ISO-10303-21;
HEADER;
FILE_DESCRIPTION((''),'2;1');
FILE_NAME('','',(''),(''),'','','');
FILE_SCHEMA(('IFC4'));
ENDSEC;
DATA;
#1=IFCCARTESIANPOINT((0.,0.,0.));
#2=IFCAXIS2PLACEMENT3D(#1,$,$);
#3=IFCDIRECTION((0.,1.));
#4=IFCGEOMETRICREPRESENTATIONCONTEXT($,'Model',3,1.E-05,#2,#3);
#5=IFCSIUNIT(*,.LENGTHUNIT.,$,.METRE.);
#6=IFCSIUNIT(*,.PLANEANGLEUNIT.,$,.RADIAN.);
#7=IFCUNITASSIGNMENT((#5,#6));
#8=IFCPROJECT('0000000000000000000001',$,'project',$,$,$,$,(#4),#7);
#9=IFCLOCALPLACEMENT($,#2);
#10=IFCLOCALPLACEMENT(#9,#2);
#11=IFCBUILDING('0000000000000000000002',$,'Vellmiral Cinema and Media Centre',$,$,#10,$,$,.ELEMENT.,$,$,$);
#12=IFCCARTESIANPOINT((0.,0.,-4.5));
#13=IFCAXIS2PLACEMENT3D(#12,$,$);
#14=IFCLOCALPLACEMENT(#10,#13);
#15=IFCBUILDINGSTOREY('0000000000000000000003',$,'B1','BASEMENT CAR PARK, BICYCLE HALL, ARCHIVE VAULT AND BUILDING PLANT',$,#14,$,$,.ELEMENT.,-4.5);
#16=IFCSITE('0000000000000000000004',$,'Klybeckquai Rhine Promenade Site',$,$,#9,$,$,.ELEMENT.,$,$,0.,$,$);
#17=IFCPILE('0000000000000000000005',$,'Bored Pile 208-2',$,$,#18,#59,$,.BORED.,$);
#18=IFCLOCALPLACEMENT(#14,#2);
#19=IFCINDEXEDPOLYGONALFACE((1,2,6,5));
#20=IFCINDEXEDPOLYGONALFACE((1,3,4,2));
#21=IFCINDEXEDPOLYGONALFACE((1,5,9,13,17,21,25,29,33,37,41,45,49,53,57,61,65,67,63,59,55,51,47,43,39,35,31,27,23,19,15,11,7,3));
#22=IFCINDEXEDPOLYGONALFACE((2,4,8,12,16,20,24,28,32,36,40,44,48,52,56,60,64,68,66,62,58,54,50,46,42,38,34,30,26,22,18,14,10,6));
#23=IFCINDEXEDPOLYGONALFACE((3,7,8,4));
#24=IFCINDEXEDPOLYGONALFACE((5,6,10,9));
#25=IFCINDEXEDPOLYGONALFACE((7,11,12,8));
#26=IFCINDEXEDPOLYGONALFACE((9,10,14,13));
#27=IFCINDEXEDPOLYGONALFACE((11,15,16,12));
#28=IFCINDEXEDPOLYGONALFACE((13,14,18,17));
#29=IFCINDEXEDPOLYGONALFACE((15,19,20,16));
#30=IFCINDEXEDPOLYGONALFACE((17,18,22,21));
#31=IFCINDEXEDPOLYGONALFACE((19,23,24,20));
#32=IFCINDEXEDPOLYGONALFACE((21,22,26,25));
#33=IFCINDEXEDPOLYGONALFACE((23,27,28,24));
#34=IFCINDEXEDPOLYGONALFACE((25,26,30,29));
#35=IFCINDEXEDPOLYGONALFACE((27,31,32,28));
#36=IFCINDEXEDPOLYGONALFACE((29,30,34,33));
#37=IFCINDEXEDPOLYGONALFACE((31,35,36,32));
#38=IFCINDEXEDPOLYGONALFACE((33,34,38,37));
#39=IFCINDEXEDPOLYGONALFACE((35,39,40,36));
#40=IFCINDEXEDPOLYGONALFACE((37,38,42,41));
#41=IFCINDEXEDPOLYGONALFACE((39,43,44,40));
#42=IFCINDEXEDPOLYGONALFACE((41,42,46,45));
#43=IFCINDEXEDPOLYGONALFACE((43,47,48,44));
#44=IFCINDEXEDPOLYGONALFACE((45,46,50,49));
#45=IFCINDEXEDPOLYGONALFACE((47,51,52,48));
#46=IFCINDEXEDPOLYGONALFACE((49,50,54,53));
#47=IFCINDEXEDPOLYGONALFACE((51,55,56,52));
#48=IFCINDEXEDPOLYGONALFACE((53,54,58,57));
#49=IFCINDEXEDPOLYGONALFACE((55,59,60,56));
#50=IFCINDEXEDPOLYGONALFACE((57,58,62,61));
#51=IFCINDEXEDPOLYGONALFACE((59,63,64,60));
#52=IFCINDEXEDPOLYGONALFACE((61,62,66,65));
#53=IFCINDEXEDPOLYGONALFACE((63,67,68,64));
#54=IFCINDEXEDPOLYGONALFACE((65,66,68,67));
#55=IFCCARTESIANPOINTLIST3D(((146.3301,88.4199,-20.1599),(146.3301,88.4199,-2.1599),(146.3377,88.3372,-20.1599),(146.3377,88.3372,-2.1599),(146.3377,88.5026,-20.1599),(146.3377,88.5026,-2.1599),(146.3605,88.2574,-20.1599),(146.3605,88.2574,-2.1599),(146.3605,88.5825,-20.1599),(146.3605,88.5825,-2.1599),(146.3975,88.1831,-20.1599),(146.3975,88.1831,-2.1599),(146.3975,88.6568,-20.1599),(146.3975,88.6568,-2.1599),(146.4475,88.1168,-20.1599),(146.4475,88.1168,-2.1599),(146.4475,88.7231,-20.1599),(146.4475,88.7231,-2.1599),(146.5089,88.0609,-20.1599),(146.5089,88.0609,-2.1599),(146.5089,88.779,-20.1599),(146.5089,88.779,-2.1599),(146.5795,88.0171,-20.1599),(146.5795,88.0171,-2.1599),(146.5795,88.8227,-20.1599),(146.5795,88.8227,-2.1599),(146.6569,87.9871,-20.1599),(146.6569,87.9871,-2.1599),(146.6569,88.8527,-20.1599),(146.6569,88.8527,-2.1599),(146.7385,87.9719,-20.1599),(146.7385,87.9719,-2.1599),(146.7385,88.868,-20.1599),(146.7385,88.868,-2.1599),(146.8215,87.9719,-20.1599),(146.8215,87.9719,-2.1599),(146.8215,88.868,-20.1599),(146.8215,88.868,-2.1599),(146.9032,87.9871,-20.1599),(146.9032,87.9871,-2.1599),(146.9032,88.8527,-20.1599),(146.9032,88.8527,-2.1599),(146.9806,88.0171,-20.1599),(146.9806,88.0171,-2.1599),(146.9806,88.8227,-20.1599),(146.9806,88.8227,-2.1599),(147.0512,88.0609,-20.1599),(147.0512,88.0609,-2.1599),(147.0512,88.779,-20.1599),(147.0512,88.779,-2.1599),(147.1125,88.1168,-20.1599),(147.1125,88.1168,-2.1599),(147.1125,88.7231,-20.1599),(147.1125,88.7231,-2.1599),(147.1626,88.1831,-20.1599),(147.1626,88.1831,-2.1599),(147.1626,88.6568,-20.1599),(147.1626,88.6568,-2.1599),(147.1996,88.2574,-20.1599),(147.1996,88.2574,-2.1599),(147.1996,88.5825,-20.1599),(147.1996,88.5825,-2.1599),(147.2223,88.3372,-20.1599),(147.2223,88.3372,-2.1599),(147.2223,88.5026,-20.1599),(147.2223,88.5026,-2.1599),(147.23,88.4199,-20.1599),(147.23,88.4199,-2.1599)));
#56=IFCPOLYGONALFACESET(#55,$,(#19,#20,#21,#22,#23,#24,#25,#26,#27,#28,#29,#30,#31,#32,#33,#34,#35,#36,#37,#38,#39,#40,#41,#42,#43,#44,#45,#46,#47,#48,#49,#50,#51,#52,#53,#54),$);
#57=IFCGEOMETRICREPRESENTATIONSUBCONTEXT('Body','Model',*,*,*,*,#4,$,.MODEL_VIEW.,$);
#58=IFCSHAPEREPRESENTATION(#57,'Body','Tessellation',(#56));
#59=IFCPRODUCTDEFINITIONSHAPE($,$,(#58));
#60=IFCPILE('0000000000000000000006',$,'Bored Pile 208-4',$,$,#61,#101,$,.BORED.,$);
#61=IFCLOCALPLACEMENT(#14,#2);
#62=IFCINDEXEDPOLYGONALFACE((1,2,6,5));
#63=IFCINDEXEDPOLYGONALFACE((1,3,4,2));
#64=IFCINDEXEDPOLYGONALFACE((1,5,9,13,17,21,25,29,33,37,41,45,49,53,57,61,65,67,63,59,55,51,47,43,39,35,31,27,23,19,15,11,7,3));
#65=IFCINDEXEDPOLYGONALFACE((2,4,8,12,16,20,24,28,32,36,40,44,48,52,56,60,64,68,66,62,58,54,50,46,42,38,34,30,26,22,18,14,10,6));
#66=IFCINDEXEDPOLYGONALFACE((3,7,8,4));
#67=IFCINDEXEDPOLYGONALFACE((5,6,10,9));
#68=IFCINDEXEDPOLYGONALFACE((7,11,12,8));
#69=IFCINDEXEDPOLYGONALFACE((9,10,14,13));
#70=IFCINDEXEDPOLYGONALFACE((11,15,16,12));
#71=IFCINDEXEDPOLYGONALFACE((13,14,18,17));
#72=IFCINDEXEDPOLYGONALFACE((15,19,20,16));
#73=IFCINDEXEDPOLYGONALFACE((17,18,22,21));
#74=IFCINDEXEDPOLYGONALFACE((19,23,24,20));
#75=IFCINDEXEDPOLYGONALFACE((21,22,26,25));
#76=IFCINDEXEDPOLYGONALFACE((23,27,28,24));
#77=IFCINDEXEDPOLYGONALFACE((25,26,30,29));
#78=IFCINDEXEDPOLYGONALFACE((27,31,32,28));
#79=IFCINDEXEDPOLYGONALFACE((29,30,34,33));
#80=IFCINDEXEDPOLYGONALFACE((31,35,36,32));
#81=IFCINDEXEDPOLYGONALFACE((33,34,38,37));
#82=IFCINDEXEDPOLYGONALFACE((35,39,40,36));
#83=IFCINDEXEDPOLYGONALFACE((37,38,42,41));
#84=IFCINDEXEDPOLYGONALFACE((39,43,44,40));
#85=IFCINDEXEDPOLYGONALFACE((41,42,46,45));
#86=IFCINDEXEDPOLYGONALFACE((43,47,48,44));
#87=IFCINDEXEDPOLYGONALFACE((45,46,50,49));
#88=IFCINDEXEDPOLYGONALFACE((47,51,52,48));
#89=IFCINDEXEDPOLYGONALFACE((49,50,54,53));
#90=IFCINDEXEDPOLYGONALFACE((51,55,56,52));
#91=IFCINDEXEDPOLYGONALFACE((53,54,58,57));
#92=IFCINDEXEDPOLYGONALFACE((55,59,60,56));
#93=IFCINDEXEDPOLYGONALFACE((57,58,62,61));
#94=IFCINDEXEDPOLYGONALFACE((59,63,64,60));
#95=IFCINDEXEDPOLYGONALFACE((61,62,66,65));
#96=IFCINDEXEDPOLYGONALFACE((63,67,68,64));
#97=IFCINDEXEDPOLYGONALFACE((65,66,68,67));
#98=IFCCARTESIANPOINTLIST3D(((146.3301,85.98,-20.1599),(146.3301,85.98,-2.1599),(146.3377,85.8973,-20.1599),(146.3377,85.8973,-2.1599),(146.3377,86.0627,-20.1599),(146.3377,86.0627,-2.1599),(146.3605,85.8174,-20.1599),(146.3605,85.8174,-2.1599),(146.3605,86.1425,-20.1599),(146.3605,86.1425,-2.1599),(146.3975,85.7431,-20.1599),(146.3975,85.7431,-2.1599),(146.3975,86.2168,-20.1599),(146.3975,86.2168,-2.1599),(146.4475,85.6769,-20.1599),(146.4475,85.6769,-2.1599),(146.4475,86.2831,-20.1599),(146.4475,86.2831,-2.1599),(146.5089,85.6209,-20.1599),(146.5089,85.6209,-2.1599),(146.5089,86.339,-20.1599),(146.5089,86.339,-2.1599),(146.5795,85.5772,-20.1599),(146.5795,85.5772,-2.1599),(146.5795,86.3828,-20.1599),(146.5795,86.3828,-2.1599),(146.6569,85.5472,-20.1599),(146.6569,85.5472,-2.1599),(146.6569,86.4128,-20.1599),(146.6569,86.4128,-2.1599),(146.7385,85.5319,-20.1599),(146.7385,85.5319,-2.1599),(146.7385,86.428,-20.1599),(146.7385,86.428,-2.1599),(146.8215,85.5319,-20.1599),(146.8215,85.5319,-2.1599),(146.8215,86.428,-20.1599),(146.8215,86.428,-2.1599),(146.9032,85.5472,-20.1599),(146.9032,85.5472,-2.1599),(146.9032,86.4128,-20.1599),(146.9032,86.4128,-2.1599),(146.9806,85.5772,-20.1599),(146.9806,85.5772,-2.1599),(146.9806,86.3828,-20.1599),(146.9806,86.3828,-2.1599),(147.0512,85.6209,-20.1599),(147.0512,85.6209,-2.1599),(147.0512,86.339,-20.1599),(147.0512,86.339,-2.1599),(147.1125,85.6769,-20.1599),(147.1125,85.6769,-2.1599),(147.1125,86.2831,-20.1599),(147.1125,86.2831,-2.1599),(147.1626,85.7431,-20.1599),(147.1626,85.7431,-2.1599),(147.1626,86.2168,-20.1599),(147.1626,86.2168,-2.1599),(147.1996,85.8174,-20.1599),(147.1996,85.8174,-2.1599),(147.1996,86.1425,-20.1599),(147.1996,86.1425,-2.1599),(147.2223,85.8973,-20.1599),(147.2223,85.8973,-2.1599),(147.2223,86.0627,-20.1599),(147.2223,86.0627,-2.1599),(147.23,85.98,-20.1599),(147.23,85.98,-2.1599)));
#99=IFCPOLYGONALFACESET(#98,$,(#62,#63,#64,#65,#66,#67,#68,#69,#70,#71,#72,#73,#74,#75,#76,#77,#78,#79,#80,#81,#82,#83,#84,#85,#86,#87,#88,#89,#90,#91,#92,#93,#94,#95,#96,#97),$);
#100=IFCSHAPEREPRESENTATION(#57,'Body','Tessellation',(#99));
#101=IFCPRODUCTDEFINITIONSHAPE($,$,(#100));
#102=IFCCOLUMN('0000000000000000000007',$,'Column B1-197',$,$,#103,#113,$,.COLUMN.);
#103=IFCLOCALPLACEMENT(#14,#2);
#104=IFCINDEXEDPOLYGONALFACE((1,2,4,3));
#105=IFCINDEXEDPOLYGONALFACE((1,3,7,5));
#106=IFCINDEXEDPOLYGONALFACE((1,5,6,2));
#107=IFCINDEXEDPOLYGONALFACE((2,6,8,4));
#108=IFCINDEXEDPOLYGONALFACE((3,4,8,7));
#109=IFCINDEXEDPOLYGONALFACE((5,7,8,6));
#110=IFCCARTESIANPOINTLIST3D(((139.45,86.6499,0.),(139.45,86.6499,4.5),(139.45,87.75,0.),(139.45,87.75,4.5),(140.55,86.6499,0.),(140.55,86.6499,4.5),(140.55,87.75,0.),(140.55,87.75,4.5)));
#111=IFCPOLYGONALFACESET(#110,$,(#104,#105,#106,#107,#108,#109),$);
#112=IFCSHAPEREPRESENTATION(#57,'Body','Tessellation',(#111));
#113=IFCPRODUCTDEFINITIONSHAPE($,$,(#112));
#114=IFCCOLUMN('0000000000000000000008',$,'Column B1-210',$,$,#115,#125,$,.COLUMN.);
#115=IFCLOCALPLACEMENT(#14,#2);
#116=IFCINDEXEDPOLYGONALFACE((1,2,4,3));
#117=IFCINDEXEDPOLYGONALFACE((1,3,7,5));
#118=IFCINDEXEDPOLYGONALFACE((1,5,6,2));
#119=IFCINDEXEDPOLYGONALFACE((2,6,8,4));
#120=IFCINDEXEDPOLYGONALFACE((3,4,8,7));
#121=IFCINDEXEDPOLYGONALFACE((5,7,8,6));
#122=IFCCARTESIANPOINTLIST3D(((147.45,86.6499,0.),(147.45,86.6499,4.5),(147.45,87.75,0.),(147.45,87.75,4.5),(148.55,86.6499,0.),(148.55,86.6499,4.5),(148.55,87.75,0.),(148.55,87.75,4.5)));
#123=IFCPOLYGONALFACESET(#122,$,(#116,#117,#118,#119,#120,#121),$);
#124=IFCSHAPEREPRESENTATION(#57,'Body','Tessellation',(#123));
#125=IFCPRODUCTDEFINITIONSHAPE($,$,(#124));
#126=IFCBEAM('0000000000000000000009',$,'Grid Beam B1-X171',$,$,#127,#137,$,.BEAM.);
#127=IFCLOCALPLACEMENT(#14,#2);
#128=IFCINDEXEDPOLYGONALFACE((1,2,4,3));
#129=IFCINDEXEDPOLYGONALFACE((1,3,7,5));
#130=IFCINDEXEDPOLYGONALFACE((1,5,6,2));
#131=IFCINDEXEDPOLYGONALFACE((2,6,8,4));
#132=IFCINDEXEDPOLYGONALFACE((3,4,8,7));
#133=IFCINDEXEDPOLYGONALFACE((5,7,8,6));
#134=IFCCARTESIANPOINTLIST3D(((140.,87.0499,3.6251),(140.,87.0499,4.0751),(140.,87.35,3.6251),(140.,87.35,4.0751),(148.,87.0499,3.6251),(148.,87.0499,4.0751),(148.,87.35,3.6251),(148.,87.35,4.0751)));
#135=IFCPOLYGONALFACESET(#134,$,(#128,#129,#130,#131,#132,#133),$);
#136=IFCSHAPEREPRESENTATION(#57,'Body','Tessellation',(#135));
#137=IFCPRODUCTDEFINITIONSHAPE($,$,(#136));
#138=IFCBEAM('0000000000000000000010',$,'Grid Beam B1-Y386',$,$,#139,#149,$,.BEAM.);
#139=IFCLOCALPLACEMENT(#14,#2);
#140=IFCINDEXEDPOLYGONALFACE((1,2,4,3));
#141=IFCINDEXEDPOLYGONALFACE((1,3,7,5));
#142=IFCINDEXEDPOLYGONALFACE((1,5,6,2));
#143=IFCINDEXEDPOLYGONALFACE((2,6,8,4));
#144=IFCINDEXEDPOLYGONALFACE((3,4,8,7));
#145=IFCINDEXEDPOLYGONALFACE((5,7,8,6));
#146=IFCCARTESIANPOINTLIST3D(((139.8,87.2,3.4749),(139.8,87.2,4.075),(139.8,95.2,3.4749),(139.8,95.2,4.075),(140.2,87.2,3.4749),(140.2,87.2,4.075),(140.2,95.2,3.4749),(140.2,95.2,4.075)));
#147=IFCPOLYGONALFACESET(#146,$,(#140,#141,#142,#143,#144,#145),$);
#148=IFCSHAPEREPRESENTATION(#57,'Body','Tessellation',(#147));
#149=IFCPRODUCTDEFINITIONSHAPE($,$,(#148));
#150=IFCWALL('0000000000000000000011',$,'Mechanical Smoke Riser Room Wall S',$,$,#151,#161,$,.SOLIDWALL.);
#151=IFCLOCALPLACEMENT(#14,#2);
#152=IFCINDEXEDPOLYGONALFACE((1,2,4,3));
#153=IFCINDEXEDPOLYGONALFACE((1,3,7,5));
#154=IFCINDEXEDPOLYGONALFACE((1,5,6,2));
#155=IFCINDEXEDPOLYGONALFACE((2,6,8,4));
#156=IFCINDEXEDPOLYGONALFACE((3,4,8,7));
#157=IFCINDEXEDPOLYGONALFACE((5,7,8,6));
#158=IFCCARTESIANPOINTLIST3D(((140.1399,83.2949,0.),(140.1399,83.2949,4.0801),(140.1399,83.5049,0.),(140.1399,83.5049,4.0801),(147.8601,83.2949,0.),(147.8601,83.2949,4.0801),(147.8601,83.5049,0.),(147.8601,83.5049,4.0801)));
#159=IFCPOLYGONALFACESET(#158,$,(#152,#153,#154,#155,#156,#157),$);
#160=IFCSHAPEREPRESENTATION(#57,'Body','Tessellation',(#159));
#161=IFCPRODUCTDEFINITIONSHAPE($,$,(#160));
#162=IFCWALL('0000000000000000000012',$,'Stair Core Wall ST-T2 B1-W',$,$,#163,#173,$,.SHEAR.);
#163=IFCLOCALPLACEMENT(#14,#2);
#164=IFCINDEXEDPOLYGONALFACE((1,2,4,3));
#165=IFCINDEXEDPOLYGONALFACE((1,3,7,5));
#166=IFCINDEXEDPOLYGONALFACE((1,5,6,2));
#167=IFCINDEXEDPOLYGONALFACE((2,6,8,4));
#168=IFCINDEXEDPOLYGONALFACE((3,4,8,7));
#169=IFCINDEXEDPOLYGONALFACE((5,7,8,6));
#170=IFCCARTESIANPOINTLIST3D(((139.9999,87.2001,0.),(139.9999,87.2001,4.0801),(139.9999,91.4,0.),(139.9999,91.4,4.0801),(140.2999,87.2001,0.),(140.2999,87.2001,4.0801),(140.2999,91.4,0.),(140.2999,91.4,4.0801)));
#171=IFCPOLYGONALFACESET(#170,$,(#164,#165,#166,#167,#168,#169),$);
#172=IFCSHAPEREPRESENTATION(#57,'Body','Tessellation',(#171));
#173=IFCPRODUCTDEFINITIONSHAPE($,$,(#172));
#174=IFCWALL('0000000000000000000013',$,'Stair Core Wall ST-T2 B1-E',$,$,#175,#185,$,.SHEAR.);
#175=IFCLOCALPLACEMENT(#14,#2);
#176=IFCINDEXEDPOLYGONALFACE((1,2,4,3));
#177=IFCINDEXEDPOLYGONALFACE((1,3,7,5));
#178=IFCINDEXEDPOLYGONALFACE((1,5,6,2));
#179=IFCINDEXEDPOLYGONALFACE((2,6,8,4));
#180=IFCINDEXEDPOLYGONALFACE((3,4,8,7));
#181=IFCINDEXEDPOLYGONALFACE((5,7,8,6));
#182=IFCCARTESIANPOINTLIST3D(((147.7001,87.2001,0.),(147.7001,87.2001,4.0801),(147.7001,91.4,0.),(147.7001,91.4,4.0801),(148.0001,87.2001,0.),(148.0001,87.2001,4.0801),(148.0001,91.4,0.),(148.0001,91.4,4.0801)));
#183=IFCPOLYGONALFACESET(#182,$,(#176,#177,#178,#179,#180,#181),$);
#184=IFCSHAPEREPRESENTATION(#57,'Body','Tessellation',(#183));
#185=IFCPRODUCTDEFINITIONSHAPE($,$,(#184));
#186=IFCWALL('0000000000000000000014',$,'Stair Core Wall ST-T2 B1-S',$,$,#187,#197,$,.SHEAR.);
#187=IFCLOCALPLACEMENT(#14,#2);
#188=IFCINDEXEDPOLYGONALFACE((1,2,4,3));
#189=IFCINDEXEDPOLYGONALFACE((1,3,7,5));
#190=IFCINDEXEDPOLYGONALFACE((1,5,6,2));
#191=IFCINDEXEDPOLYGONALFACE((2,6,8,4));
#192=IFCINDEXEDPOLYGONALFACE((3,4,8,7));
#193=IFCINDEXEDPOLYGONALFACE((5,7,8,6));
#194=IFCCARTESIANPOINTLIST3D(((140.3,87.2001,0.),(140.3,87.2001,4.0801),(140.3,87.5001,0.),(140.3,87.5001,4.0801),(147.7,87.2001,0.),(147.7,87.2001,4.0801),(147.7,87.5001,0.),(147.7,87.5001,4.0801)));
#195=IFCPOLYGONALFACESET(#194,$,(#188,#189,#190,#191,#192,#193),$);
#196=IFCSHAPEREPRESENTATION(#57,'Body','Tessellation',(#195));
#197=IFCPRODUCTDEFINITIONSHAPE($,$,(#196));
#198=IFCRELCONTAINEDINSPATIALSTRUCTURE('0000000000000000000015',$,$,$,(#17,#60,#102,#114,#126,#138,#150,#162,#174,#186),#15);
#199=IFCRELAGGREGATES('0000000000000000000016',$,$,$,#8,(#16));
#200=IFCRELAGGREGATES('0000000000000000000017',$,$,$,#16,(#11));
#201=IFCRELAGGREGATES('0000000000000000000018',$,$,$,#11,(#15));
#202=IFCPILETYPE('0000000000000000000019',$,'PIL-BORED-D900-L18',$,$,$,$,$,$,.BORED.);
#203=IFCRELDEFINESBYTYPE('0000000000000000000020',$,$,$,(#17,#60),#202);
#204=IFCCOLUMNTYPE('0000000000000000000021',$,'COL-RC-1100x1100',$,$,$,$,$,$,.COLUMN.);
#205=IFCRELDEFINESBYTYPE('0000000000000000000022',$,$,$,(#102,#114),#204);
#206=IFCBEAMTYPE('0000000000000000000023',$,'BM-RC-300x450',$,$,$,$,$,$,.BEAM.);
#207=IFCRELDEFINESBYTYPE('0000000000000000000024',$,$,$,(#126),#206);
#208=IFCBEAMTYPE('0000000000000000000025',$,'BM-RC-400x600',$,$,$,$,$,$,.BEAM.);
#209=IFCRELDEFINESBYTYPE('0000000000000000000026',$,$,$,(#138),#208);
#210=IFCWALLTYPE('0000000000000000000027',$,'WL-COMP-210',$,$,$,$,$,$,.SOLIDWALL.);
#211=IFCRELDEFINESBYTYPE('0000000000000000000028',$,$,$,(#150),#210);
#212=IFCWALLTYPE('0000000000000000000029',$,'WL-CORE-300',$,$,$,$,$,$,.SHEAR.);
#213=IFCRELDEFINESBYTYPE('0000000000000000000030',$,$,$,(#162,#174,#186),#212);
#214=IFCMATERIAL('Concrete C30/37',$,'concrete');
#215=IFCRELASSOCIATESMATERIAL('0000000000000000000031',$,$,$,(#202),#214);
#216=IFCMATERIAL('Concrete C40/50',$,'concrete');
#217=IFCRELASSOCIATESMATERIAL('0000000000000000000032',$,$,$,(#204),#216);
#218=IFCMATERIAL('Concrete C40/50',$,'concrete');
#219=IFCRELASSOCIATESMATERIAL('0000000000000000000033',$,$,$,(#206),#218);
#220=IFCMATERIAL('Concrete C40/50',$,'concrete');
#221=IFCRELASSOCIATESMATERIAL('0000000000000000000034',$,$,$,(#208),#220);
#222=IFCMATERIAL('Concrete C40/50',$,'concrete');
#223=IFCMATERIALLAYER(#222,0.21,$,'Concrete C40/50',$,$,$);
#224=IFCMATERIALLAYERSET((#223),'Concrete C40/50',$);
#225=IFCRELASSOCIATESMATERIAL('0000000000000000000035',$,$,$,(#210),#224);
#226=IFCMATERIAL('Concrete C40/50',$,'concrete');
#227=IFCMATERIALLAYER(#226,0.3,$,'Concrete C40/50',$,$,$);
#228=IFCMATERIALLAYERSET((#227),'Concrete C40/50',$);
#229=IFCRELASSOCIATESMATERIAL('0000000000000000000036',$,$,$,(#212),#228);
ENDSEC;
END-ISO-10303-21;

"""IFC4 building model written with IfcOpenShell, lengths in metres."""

from ifc_helpers import new_model, si_unit, direction, frame, frame_2d, origin, origin_2d, place, context, subcontext, project, spatial, rectangle, circle, extrude, material, layer, layer_set, material_profile, profile_set, type_object, element, save


model = new_model("IFC4")

# Units and contexts
model_context = context("Model", 3, precision=1e-05, world=origin(), true_north=direction((0.0, 1.0)))
body_context = subcontext(model_context, "Body", "Model", "MODEL_VIEW")
ifc_project = project(units=[si_unit("LENGTHUNIT", "METRE"), si_unit("PLANEANGLEUNIT", "RADIAN")], contexts=[model_context])

# Site, building, storey
site_placement = place(None, origin())
site = spatial("IfcSite", under=ifc_project, at=site_placement, Name="Klybeckquai Rhine Promenade Site", CompositionType="ELEMENT", RefElevation=0.0)
building_placement = place(site_placement, origin())
building = spatial("IfcBuilding", under=site, at=building_placement, Name="Vellmiral Cinema and Media Centre", CompositionType="ELEMENT")
storey_placement = place(building_placement, frame((0.0, 0.0, -4.5)))
storey = spatial("IfcBuildingStorey", under=building, at=storey_placement, Name="B1", Description="BASEMENT CAR PARK, BICYCLE HALL, ARCHIVE VAULT AND BUILDING PLANT", CompositionType="ELEMENT", Elevation=-4.5)

# Piles
ifc_material_1 = material(Name="Concrete C30/37", Category="concrete")
ifc_material_profile_1 = material_profile(ifc_material_1, circle(Radius=0.45, at=origin_2d()), Name="PILE D900")
ifc_profile_set_1 = profile_set([ifc_material_profile_1], Name="Concrete C30/37")
pile_type_1 = type_object("IfcPileType", Name="PIL-BORED-D900-L18", PredefinedType="BORED", material=ifc_profile_set_1)
for number, where, z_axis, x_axis, name in (
    (1, (146.78, 88.4199, -2.1599), (0.0, 0.0, -1.0), (1.0, 0.0, 0.0), "Bored Pile 208-2"),
    (2, (146.78, 85.98, -2.1599), (0.0, 0.0, -1.0), (1.0, 0.0, 0.0), "Bored Pile 208-4"),
):
    element("IfcPile", number, at=place(storey_placement, frame(where, z_axis=z_axis, x_axis=x_axis)), inside=storey, type_object=pile_type_1, Name=name, PredefinedType="BORED", context=body_context, shape_type="SweptSolid", body=[
        extrude(circle(Radius=0.45, at=origin_2d()), origin(), (0.0, 0.0, 1.0), 18.0),
    ])

# Columns
ifc_material_2 = material(Name="Concrete C40/50", Category="concrete")
ifc_material_profile_2 = material_profile(ifc_material_2, rectangle(XDim=1.1001, YDim=1.1001, at=origin_2d()), Name="RC 1100x1100")
ifc_profile_set_2 = profile_set([ifc_material_profile_2], Name="Concrete C40/50")
column_type = type_object("IfcColumnType", Name="COL-RC-1100x1100", PredefinedType="COLUMN", material=ifc_profile_set_2)
for number, where, z_axis, x_axis, name in (
    (3, (140.0, 87.2, 0.0), (0.0, 0.0, 1.0), (1.0, 0.0, 0.0), "Column B1-197"),
    (4, (148.0, 87.2, 0.0), (0.0, 0.0, 1.0), (1.0, 0.0, 0.0), "Column B1-210"),
):
    element("IfcColumn", number, at=place(storey_placement, frame(where, z_axis=z_axis, x_axis=x_axis)), inside=storey, type_object=column_type, Name=name, PredefinedType="COLUMN", context=body_context, shape_type="SweptSolid", body=[
        extrude(rectangle(XDim=1.1001, YDim=1.1001, at=origin_2d()), origin(), (0.0, 0.0, 1.0), 4.5),
    ])

# Beams
ifc_material_3 = material(Name="Concrete C40/50", Category="concrete")
ifc_material_profile_3 = material_profile(ifc_material_3, rectangle(XDim=0.3, YDim=0.45, at=origin_2d()), Name="RC 300x450")
ifc_profile_set_3 = profile_set([ifc_material_profile_3], Name="Concrete C40/50")
beam_type_1 = type_object("IfcBeamType", Name="BM-RC-300x450", PredefinedType="BEAM", material=ifc_profile_set_3)
beam_1_placement = place(storey_placement, frame((140.0, 87.2, 3.8501), z_axis=(1.0, 0.0, 0.0), x_axis=(0.0, 1.0, 0.0)))
element("IfcBeam", 5, at=beam_1_placement, inside=storey, type_object=beam_type_1, Name="Grid Beam B1-X171", PredefinedType="BEAM", context=body_context, shape_type="SweptSolid", body=[
    extrude(rectangle(XDim=0.3, YDim=0.45, at=origin_2d()), origin(), (0.0, 0.0, 1.0), 8.0),
])
ifc_material_4 = material(Name="Concrete C40/50", Category="concrete")
ifc_material_profile_4 = material_profile(ifc_material_4, rectangle(XDim=0.3999, YDim=0.6001, at=origin_2d()), Name="RC 400x600")
ifc_profile_set_4 = profile_set([ifc_material_profile_4], Name="Concrete C40/50")
beam_type_2 = type_object("IfcBeamType", Name="BM-RC-400x600", PredefinedType="BEAM", material=ifc_profile_set_4)
beam_2_placement = place(storey_placement, frame((140.0, 87.2, 3.7749), z_axis=(0.0, 1.0, 0.0), x_axis=(-1.0, 0.0, 0.0)))
element("IfcBeam", 6, at=beam_2_placement, inside=storey, type_object=beam_type_2, Name="Grid Beam B1-Y386", PredefinedType="BEAM", context=body_context, shape_type="SweptSolid", body=[
    extrude(rectangle(XDim=0.3999, YDim=0.6001, at=origin_2d()), origin(), (0.0, 0.0, 1.0), 8.0),
])

# Wall
ifc_material_5 = material(Name="Concrete C40/50", Category="concrete")
ifc_layer_1 = layer(ifc_material_5, 0.21, Name="Concrete C40/50")
ifc_layer_set_1 = layer_set([ifc_layer_1], Name="Concrete C40/50")
wall_type_1 = type_object("IfcWallType", Name="WL-COMP-210", PredefinedType="SOLIDWALL", material=ifc_layer_set_1)
wall_1_placement = place(storey_placement, frame((140.1399, 83.3999, 0.0), z_axis=(0.0, 0.0, 1.0), x_axis=(1.0, 0.0, 0.0)))
element("IfcWall", 7, at=wall_1_placement, inside=storey, type_object=wall_type_1, Name="Mechanical Smoke Riser Room Wall S", PredefinedType="SOLIDWALL", context=body_context, shape_type="SweptSolid", body=[
    extrude(rectangle(XDim=7.7202, YDim=0.21, at=frame_2d((3.8601, 0.0))), origin(), (0.0, 0.0, 1.0), 4.0801),
])

# Walls
ifc_material_6 = material(Name="Concrete C40/50", Category="concrete")
ifc_layer_2 = layer(ifc_material_6, 0.3, Name="Concrete C40/50")
ifc_layer_set_2 = layer_set([ifc_layer_2], Name="Concrete C40/50")
wall_type_2 = type_object("IfcWallType", Name="WL-CORE-300", PredefinedType="SHEAR", material=ifc_layer_set_2)
for number, where, z_axis, x_axis, name in (
    (8, (140.1499, 87.2, 0.0), (0.0, 0.0, 1.0), (0.0, 1.0, 0.0), "Stair Core Wall ST-T2 B1-W"),
    (9, (147.8501, 87.2, 0.0), (0.0, 0.0, 1.0), (0.0, 1.0, 0.0), "Stair Core Wall ST-T2 B1-E"),
):
    element("IfcWall", number, at=place(storey_placement, frame(where, z_axis=z_axis, x_axis=x_axis)), inside=storey, type_object=wall_type_2, Name=name, PredefinedType="SHEAR", context=body_context, shape_type="SweptSolid", body=[
        extrude(rectangle(XDim=4.2, YDim=0.3, at=frame_2d((2.1001, 0.0))), origin(), (0.0, 0.0, 1.0), 4.0801),
    ])
wall_2_placement = place(storey_placement, frame((140.3, 87.3501, 0.0), z_axis=(0.0, 0.0, 1.0), x_axis=(1.0, 0.0, 0.0)))
element("IfcWall", 10, at=wall_2_placement, inside=storey, type_object=wall_type_2, Name="Stair Core Wall ST-T2 B1-S", PredefinedType="SHEAR", context=body_context, shape_type="SweptSolid", body=[
    extrude(rectangle(XDim=7.3999, YDim=0.3, at=frame_2d((3.7, 0.0))), origin(), (0.0, 0.0, 1.0), 4.0801),
])

save(model, "model.ifc")
